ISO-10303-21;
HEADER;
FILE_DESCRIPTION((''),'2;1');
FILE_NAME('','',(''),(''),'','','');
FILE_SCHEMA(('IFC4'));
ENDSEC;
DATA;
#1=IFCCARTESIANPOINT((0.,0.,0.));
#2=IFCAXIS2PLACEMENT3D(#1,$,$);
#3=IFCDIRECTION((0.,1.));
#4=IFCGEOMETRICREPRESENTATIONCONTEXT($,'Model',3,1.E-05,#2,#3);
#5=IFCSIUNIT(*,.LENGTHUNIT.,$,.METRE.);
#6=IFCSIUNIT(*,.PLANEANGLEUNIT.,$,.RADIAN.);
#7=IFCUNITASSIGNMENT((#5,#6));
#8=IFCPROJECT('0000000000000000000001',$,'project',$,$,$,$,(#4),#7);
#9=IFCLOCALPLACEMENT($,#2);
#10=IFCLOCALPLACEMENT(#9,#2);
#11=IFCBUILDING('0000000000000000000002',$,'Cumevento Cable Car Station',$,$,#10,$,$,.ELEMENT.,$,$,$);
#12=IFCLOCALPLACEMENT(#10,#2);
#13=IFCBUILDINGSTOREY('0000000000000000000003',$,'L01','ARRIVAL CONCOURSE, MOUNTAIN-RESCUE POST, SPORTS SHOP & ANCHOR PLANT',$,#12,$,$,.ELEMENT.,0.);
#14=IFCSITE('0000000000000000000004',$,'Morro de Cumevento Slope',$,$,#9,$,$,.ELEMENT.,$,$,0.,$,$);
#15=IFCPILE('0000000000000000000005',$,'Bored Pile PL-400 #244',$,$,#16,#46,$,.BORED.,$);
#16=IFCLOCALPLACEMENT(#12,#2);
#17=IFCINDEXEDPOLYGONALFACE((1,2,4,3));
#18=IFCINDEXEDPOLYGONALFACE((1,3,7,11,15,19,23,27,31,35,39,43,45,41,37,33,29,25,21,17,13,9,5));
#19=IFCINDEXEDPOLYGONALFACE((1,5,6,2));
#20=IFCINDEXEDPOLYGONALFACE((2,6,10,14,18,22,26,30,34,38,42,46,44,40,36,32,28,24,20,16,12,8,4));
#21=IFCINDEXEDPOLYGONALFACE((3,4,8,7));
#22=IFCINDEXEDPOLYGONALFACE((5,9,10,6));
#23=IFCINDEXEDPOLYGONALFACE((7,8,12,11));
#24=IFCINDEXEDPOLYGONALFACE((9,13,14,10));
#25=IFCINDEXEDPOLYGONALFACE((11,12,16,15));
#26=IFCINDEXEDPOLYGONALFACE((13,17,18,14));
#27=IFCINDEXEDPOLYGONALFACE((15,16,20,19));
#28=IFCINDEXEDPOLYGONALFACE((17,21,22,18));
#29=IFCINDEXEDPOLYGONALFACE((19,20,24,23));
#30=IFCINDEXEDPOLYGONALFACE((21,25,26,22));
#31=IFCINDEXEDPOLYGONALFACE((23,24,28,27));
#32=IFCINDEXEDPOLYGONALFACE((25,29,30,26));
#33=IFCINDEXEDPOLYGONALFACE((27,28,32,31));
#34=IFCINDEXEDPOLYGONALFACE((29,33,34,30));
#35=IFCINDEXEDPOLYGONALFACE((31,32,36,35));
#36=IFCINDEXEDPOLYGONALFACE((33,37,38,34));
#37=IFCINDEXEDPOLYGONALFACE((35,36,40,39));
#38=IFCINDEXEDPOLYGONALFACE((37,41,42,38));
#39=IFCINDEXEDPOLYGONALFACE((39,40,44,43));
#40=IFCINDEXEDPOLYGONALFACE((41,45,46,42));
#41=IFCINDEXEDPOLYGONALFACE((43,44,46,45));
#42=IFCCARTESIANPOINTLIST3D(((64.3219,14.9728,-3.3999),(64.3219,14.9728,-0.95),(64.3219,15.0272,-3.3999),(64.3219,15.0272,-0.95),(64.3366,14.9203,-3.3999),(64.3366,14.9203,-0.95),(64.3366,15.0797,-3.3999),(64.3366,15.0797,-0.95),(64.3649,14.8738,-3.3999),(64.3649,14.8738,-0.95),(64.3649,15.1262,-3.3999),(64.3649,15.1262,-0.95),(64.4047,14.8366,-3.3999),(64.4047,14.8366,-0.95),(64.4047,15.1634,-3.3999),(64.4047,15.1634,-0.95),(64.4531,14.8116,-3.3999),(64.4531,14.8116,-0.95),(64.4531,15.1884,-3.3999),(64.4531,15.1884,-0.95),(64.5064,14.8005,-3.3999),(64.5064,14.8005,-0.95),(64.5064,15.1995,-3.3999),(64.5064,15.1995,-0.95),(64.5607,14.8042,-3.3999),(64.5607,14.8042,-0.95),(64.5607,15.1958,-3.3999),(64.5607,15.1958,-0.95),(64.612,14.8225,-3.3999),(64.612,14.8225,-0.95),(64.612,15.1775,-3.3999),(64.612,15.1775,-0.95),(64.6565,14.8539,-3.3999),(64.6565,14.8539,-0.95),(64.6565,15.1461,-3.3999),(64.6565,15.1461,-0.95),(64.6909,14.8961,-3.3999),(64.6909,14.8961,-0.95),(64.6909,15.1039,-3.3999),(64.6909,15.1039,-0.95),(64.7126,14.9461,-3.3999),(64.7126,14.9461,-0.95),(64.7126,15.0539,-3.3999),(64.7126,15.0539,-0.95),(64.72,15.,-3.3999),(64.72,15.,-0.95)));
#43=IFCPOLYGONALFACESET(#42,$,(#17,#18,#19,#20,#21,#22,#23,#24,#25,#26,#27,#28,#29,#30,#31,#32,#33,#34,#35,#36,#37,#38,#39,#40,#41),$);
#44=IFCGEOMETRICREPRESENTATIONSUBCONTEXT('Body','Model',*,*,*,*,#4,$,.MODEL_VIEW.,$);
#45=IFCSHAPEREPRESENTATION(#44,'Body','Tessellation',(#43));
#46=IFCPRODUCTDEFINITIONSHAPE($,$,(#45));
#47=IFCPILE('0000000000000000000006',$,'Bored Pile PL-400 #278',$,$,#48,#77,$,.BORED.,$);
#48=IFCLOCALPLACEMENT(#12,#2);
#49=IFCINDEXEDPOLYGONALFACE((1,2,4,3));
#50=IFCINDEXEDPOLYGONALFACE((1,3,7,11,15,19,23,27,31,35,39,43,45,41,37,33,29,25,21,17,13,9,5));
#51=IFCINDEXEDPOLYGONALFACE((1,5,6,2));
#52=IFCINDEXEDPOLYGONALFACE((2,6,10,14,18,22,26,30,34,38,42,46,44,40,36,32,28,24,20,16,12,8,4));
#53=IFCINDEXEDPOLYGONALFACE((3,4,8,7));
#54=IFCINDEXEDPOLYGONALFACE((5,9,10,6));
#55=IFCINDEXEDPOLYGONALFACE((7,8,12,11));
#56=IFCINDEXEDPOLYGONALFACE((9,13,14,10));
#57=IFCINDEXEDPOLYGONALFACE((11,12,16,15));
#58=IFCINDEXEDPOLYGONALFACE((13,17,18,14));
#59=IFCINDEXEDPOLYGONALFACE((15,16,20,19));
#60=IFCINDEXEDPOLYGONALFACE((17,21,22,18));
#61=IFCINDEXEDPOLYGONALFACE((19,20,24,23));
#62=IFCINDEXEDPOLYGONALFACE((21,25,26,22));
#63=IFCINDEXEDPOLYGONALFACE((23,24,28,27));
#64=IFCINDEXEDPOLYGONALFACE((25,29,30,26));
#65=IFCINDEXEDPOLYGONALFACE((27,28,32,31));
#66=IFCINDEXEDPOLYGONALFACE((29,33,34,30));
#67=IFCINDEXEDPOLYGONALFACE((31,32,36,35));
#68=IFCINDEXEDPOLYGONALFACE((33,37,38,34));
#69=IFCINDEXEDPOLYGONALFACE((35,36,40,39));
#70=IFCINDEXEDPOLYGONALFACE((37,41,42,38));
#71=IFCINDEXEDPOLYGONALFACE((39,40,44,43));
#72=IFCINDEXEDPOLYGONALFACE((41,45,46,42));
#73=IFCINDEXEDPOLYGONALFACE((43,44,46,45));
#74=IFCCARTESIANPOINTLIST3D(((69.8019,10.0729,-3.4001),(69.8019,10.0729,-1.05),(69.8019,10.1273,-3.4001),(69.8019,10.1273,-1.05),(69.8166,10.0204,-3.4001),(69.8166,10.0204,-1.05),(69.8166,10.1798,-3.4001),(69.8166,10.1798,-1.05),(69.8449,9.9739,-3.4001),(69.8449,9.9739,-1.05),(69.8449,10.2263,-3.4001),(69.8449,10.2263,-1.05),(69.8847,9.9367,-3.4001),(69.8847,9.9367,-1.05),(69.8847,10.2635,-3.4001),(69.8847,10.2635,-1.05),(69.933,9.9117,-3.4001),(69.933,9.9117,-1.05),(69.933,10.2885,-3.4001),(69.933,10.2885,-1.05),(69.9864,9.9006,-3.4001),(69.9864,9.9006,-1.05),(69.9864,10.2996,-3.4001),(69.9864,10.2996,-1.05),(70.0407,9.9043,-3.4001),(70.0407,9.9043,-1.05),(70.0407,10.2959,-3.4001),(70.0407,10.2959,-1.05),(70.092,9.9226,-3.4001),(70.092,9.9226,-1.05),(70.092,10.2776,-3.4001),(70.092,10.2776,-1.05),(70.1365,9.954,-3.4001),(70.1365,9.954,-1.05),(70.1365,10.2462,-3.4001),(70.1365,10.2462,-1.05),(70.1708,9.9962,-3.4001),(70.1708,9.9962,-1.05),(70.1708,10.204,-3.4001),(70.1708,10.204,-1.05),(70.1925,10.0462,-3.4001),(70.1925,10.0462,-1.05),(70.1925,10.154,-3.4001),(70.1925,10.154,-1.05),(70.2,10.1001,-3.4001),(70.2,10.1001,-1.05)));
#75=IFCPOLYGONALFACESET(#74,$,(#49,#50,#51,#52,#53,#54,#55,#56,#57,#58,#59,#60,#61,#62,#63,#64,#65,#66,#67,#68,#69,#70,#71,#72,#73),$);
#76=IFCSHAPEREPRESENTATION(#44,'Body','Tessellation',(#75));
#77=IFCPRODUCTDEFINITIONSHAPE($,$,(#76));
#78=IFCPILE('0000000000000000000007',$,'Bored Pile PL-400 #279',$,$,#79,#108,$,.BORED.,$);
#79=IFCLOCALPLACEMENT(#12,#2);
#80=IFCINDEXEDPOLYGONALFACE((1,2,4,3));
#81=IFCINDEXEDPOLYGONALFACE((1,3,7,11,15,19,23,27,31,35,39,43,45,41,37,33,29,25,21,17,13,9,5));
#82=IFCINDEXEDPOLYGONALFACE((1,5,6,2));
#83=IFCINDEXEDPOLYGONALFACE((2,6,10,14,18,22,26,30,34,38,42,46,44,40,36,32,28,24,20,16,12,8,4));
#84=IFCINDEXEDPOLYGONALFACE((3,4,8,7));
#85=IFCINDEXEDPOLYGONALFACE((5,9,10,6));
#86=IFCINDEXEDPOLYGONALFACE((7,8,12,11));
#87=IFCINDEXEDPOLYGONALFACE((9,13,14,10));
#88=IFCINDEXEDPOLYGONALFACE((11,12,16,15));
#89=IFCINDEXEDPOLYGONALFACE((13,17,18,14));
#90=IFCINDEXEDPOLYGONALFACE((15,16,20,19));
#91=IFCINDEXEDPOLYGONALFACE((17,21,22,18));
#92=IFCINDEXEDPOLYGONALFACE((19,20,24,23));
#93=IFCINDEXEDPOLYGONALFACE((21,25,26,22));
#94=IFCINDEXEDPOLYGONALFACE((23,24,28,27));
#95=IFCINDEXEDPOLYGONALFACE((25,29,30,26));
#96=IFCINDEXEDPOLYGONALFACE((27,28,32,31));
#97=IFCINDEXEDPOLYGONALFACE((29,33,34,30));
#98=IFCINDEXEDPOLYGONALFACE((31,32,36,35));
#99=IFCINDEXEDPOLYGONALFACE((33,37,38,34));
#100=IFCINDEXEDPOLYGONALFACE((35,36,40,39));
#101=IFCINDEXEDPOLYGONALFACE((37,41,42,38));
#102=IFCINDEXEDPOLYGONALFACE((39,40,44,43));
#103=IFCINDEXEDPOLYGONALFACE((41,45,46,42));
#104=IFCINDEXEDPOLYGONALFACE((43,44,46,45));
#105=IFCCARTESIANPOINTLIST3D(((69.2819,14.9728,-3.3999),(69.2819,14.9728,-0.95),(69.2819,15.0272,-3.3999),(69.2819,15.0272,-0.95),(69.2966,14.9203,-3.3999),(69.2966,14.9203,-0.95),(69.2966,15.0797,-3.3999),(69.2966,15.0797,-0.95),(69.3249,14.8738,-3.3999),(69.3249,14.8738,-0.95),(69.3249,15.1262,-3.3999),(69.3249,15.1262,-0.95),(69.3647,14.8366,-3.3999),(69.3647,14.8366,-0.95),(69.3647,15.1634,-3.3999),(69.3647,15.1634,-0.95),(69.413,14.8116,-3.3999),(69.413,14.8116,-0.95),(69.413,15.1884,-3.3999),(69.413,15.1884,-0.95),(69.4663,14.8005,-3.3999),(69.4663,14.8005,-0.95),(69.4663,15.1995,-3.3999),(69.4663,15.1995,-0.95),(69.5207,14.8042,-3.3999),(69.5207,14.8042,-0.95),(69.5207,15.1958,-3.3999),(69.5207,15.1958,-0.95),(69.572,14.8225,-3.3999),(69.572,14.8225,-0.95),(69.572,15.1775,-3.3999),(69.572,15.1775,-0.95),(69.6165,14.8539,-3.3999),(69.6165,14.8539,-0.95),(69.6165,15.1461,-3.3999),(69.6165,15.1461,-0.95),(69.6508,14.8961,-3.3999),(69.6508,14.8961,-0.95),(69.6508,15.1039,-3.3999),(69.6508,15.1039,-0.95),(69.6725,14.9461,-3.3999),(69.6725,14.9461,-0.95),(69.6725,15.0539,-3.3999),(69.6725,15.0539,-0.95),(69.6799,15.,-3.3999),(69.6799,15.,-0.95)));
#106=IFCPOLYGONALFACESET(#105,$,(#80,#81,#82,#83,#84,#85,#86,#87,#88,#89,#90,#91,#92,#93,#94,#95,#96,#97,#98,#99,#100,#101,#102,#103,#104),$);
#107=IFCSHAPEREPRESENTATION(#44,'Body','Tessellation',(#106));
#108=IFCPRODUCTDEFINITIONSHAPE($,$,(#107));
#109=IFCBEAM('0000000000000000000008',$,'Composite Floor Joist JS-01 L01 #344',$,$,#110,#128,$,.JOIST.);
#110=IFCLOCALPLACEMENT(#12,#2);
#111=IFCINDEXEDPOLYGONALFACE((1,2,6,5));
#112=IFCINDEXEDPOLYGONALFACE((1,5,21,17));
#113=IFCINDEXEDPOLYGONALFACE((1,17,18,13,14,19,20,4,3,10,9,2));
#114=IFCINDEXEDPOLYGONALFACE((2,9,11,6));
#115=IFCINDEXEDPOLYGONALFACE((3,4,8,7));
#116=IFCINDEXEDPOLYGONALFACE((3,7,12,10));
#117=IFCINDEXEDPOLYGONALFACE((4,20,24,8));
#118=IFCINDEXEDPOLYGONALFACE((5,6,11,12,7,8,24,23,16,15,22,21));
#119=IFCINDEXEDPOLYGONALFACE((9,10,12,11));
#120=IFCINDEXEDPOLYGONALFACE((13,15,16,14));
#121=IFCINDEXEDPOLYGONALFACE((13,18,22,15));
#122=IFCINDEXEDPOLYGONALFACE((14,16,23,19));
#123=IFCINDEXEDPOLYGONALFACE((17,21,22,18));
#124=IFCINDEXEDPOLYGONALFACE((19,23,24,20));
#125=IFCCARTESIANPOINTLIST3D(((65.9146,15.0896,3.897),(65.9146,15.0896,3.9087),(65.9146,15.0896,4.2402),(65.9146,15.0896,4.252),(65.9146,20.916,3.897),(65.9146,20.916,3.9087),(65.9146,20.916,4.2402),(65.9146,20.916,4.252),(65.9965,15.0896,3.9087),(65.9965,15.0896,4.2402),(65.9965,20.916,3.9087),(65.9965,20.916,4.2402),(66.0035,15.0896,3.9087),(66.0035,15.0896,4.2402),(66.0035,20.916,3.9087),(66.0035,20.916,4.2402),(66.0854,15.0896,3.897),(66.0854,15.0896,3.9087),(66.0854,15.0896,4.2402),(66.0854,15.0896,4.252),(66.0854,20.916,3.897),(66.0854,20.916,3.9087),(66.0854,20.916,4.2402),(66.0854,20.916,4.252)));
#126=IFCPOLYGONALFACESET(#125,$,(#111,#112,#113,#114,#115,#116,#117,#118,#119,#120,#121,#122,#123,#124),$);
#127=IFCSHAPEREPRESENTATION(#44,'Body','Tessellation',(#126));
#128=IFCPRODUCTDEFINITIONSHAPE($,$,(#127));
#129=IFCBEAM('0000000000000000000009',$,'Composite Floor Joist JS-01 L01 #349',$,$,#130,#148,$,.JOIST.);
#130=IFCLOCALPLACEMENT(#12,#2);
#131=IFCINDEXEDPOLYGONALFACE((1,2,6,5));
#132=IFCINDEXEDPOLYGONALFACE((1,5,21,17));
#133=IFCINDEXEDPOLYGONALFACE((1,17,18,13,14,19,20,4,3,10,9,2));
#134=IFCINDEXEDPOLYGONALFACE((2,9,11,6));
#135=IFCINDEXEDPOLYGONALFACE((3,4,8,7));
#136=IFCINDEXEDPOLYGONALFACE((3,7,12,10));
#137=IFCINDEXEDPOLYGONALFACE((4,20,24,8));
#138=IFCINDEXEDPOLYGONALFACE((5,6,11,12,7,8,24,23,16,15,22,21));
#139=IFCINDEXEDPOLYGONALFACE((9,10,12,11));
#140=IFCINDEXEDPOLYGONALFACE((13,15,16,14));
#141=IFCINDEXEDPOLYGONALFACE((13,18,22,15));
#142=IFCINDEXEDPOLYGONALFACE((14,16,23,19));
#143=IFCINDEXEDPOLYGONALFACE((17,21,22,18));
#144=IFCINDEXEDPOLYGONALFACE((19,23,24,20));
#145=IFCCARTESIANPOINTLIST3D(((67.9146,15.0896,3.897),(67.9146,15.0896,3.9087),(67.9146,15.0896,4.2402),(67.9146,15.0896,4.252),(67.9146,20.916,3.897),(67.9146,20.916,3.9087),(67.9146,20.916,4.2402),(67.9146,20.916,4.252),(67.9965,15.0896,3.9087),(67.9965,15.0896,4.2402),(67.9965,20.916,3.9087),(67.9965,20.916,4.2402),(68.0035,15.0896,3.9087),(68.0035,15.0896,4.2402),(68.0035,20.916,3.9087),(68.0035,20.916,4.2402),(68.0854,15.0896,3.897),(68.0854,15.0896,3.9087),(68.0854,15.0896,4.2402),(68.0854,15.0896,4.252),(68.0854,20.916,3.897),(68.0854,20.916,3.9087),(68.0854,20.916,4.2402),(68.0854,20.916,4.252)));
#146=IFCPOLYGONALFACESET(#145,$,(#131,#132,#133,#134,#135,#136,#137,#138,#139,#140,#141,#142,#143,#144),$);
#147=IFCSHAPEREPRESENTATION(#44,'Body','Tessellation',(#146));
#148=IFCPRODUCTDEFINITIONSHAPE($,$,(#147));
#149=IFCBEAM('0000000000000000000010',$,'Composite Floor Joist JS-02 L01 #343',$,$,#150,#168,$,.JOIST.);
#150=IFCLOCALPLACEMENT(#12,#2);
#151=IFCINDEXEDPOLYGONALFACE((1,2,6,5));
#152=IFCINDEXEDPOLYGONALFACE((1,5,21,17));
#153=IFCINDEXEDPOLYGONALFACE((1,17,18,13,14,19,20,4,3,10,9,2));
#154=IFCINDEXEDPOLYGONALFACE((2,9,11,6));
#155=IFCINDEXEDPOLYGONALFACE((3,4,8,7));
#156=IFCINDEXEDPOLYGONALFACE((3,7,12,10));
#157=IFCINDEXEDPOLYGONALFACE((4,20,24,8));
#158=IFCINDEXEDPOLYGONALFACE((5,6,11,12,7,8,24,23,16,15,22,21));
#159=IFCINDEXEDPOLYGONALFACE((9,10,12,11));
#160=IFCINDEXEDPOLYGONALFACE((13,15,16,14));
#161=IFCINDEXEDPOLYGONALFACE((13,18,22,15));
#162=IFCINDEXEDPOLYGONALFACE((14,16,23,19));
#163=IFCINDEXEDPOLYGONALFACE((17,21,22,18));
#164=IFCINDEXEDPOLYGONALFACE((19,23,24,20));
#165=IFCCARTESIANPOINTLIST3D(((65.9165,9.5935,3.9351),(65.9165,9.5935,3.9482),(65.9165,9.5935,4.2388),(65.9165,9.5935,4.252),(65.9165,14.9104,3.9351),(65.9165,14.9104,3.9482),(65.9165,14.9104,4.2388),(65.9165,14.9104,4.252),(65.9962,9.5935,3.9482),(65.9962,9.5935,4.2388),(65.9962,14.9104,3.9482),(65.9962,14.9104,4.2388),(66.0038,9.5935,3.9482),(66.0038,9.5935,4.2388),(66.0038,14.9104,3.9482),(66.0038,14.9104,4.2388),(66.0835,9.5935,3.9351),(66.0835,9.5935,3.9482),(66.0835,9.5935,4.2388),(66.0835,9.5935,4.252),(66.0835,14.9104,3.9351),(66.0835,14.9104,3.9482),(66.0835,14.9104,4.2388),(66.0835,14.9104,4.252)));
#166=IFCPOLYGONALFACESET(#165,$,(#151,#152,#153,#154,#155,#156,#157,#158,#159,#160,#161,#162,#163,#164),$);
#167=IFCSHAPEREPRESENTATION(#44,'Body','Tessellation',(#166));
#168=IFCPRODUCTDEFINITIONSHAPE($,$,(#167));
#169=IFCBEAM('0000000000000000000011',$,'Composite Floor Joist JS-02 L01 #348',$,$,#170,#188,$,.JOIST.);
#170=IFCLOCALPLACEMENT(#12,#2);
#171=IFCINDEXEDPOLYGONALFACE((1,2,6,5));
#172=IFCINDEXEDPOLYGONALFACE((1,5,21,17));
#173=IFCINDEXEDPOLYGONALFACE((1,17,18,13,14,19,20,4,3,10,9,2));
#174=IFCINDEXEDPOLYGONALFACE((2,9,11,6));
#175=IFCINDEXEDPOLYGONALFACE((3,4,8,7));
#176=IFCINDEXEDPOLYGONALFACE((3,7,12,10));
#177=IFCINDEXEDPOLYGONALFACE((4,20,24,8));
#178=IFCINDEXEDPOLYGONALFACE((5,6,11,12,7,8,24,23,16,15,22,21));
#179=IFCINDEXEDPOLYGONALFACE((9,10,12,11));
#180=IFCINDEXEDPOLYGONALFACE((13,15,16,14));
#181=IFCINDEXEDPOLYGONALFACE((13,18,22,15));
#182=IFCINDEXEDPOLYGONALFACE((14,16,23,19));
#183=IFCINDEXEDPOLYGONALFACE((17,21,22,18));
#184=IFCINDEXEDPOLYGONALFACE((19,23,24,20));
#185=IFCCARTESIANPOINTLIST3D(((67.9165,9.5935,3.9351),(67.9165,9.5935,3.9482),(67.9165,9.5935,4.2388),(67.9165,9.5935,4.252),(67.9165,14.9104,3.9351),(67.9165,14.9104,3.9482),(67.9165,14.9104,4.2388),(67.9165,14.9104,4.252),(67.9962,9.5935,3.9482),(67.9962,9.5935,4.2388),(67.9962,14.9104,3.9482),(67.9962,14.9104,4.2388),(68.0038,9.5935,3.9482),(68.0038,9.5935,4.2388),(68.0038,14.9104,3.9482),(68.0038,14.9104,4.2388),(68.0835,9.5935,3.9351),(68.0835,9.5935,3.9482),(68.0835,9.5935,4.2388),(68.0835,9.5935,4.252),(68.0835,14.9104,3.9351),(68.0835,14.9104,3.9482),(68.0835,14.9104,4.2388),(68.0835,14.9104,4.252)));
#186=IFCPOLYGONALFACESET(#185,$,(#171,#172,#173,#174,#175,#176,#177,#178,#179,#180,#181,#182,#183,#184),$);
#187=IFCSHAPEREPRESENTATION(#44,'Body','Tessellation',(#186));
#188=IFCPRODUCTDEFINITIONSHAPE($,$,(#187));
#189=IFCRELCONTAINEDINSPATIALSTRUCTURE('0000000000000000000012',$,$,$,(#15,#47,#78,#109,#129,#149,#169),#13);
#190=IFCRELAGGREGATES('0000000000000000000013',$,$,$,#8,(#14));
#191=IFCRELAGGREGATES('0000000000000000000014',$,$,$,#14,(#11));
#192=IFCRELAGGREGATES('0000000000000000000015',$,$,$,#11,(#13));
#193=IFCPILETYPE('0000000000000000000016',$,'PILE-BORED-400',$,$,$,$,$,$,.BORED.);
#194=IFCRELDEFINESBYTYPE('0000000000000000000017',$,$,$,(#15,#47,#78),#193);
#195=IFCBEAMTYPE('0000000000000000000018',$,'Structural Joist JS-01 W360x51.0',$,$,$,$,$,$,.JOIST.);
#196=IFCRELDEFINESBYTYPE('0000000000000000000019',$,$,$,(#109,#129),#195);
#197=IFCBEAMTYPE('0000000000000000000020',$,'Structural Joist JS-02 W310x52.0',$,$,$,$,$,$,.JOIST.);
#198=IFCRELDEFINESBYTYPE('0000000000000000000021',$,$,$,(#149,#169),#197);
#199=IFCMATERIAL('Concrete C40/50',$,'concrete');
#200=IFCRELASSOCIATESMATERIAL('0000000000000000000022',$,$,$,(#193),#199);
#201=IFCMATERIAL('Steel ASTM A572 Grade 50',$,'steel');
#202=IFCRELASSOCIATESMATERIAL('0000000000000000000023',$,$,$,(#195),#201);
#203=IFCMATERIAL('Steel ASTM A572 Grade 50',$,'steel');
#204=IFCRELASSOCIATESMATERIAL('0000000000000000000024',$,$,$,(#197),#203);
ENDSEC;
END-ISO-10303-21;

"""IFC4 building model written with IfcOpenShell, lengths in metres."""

from ifc_helpers import new_model, si_unit, direction, frame, origin, origin_2d, place, context, subcontext, project, spatial, circle, i_section, extrude, material, material_profile, profile_set, type_object, element, save


model = new_model("IFC4")

# Units and contexts
model_context = context("Model", 3, precision=1e-05, world=origin(), true_north=direction((0.0, 1.0)))
body_context = subcontext(model_context, "Body", "Model", "MODEL_VIEW")
ifc_project = project(units=[si_unit("LENGTHUNIT", "METRE"), si_unit("PLANEANGLEUNIT", "RADIAN")], contexts=[model_context])

# Site, building, storey
site_placement = place(None, origin())
site = spatial("IfcSite", under=ifc_project, at=site_placement, Name="Morro de Cumevento Slope", CompositionType="ELEMENT", RefElevation=0.0)
building_placement = place(site_placement, origin())
building = spatial("IfcBuilding", under=site, at=building_placement, Name="Cumevento Cable Car Station", CompositionType="ELEMENT")
storey_placement = place(building_placement, origin())
storey = spatial("IfcBuildingStorey", under=building, at=storey_placement, Name="L01", Description="ARRIVAL CONCOURSE, MOUNTAIN-RESCUE POST, SPORTS SHOP & ANCHOR PLANT", CompositionType="ELEMENT", Elevation=0.0)

# Piles
ifc_material_1 = material(Name="Concrete C40/50", Category="concrete")
ifc_material_profile_1 = material_profile(ifc_material_1, circle(Radius=0.2, at=origin_2d()), Name="PILE-D400")
ifc_profile_set_1 = profile_set([ifc_material_profile_1], Name="Concrete C40/50")
pile_type = type_object("IfcPileType", Name="PILE-BORED-400", PredefinedType="BORED", material=ifc_profile_set_1)
pile_1_placement = place(storey_placement, frame((64.52, 15.0, -0.95), z_axis=(0.0, 0.0, -1.0), x_axis=(1.0, 0.0, 0.0)))
element("IfcPile", 1, at=pile_1_placement, inside=storey, type_object=pile_type, Name="Bored Pile PL-400 #244", PredefinedType="BORED", context=body_context, shape_type="SweptSolid", body=[
    extrude(circle(Radius=0.2, at=origin_2d()), origin(), (0.0, 0.0, 1.0), 2.45),
])
pile_2_placement = place(storey_placement, frame((70.0, 10.1001, -1.05), z_axis=(0.0, 0.0, -1.0), x_axis=(1.0, 0.0, 0.0)))
element("IfcPile", 2, at=pile_2_placement, inside=storey, type_object=pile_type, Name="Bored Pile PL-400 #278", PredefinedType="BORED", context=body_context, shape_type="SweptSolid", body=[
    extrude(circle(Radius=0.2, at=origin_2d()), origin(), (0.0, 0.0, 1.0), 2.3501),
])
pile_3_placement = place(storey_placement, frame((69.48, 15.0, -0.95), z_axis=(0.0, 0.0, -1.0), x_axis=(1.0, 0.0, 0.0)))
element("IfcPile", 3, at=pile_3_placement, inside=storey, type_object=pile_type, Name="Bored Pile PL-400 #279", PredefinedType="BORED", context=body_context, shape_type="SweptSolid", body=[
    extrude(circle(Radius=0.2, at=origin_2d()), origin(), (0.0, 0.0, 1.0), 2.45),
])

# Beams
ifc_material_2 = material(Name="Steel ASTM A572 Grade 50", Category="steel")
ifc_material_profile_2 = material_profile(ifc_material_2, i_section(OverallWidth=0.1709, OverallDepth=0.355, WebThickness=0.0071, FlangeThickness=0.0117, at=origin_2d()), Name="W360x51.0")
ifc_profile_set_2 = profile_set([ifc_material_profile_2], Name="Steel ASTM A572 Grade 50")
beam_type_1 = type_object("IfcBeamType", Name="Structural Joist JS-01 W360x51.0", PredefinedType="JOIST", material=ifc_profile_set_2)
for number, where, z_axis, x_axis, name in (
    (4, (66.0, 15.0896, 4.0745), (0.0, 1.0, 0.0), (-1.0, 0.0, 0.0), "Composite Floor Joist JS-01 L01 #344"),
    (5, (68.0, 15.0896, 4.0745), (0.0, 1.0, 0.0), (-1.0, 0.0, 0.0), "Composite Floor Joist JS-01 L01 #349"),
):
    element("IfcBeam", number, at=place(storey_placement, frame(where, z_axis=z_axis, x_axis=x_axis)), inside=storey, type_object=beam_type_1, Name=name, PredefinedType="JOIST", context=body_context, shape_type="SweptSolid", body=[
        extrude(i_section(OverallWidth=0.1709, OverallDepth=0.355, WebThickness=0.0071, FlangeThickness=0.0117, at=origin_2d()), origin(), (0.0, 0.0, 1.0), 5.8264),
    ])
ifc_material_3 = material(Name="Steel ASTM A572 Grade 50", Category="steel")
ifc_material_profile_3 = material_profile(ifc_material_3, i_section(OverallWidth=0.167, OverallDepth=0.3169, WebThickness=0.0076, FlangeThickness=0.0132, at=origin_2d()), Name="W310x52.0")
ifc_profile_set_3 = profile_set([ifc_material_profile_3], Name="Steel ASTM A572 Grade 50")
beam_type_2 = type_object("IfcBeamType", Name="Structural Joist JS-02 W310x52.0", PredefinedType="JOIST", material=ifc_profile_set_3)
for number, where, z_axis, x_axis, name in (
    (6, (66.0, 9.5935, 4.0935), (0.0, 1.0, 0.0), (-1.0, 0.0, 0.0), "Composite Floor Joist JS-02 L01 #343"),
    (7, (68.0, 9.5935, 4.0935), (0.0, 1.0, 0.0), (-1.0, 0.0, 0.0), "Composite Floor Joist JS-02 L01 #348"),
):
    element("IfcBeam", number, at=place(storey_placement, frame(where, z_axis=z_axis, x_axis=x_axis)), inside=storey, type_object=beam_type_2, Name=name, PredefinedType="JOIST", context=body_context, shape_type="SweptSolid", body=[
        extrude(i_section(OverallWidth=0.167, OverallDepth=0.3169, WebThickness=0.0076, FlangeThickness=0.0132, at=origin_2d()), origin(), (0.0, 0.0, 1.0), 5.3169),
    ])

save(model, "model.ifc")
